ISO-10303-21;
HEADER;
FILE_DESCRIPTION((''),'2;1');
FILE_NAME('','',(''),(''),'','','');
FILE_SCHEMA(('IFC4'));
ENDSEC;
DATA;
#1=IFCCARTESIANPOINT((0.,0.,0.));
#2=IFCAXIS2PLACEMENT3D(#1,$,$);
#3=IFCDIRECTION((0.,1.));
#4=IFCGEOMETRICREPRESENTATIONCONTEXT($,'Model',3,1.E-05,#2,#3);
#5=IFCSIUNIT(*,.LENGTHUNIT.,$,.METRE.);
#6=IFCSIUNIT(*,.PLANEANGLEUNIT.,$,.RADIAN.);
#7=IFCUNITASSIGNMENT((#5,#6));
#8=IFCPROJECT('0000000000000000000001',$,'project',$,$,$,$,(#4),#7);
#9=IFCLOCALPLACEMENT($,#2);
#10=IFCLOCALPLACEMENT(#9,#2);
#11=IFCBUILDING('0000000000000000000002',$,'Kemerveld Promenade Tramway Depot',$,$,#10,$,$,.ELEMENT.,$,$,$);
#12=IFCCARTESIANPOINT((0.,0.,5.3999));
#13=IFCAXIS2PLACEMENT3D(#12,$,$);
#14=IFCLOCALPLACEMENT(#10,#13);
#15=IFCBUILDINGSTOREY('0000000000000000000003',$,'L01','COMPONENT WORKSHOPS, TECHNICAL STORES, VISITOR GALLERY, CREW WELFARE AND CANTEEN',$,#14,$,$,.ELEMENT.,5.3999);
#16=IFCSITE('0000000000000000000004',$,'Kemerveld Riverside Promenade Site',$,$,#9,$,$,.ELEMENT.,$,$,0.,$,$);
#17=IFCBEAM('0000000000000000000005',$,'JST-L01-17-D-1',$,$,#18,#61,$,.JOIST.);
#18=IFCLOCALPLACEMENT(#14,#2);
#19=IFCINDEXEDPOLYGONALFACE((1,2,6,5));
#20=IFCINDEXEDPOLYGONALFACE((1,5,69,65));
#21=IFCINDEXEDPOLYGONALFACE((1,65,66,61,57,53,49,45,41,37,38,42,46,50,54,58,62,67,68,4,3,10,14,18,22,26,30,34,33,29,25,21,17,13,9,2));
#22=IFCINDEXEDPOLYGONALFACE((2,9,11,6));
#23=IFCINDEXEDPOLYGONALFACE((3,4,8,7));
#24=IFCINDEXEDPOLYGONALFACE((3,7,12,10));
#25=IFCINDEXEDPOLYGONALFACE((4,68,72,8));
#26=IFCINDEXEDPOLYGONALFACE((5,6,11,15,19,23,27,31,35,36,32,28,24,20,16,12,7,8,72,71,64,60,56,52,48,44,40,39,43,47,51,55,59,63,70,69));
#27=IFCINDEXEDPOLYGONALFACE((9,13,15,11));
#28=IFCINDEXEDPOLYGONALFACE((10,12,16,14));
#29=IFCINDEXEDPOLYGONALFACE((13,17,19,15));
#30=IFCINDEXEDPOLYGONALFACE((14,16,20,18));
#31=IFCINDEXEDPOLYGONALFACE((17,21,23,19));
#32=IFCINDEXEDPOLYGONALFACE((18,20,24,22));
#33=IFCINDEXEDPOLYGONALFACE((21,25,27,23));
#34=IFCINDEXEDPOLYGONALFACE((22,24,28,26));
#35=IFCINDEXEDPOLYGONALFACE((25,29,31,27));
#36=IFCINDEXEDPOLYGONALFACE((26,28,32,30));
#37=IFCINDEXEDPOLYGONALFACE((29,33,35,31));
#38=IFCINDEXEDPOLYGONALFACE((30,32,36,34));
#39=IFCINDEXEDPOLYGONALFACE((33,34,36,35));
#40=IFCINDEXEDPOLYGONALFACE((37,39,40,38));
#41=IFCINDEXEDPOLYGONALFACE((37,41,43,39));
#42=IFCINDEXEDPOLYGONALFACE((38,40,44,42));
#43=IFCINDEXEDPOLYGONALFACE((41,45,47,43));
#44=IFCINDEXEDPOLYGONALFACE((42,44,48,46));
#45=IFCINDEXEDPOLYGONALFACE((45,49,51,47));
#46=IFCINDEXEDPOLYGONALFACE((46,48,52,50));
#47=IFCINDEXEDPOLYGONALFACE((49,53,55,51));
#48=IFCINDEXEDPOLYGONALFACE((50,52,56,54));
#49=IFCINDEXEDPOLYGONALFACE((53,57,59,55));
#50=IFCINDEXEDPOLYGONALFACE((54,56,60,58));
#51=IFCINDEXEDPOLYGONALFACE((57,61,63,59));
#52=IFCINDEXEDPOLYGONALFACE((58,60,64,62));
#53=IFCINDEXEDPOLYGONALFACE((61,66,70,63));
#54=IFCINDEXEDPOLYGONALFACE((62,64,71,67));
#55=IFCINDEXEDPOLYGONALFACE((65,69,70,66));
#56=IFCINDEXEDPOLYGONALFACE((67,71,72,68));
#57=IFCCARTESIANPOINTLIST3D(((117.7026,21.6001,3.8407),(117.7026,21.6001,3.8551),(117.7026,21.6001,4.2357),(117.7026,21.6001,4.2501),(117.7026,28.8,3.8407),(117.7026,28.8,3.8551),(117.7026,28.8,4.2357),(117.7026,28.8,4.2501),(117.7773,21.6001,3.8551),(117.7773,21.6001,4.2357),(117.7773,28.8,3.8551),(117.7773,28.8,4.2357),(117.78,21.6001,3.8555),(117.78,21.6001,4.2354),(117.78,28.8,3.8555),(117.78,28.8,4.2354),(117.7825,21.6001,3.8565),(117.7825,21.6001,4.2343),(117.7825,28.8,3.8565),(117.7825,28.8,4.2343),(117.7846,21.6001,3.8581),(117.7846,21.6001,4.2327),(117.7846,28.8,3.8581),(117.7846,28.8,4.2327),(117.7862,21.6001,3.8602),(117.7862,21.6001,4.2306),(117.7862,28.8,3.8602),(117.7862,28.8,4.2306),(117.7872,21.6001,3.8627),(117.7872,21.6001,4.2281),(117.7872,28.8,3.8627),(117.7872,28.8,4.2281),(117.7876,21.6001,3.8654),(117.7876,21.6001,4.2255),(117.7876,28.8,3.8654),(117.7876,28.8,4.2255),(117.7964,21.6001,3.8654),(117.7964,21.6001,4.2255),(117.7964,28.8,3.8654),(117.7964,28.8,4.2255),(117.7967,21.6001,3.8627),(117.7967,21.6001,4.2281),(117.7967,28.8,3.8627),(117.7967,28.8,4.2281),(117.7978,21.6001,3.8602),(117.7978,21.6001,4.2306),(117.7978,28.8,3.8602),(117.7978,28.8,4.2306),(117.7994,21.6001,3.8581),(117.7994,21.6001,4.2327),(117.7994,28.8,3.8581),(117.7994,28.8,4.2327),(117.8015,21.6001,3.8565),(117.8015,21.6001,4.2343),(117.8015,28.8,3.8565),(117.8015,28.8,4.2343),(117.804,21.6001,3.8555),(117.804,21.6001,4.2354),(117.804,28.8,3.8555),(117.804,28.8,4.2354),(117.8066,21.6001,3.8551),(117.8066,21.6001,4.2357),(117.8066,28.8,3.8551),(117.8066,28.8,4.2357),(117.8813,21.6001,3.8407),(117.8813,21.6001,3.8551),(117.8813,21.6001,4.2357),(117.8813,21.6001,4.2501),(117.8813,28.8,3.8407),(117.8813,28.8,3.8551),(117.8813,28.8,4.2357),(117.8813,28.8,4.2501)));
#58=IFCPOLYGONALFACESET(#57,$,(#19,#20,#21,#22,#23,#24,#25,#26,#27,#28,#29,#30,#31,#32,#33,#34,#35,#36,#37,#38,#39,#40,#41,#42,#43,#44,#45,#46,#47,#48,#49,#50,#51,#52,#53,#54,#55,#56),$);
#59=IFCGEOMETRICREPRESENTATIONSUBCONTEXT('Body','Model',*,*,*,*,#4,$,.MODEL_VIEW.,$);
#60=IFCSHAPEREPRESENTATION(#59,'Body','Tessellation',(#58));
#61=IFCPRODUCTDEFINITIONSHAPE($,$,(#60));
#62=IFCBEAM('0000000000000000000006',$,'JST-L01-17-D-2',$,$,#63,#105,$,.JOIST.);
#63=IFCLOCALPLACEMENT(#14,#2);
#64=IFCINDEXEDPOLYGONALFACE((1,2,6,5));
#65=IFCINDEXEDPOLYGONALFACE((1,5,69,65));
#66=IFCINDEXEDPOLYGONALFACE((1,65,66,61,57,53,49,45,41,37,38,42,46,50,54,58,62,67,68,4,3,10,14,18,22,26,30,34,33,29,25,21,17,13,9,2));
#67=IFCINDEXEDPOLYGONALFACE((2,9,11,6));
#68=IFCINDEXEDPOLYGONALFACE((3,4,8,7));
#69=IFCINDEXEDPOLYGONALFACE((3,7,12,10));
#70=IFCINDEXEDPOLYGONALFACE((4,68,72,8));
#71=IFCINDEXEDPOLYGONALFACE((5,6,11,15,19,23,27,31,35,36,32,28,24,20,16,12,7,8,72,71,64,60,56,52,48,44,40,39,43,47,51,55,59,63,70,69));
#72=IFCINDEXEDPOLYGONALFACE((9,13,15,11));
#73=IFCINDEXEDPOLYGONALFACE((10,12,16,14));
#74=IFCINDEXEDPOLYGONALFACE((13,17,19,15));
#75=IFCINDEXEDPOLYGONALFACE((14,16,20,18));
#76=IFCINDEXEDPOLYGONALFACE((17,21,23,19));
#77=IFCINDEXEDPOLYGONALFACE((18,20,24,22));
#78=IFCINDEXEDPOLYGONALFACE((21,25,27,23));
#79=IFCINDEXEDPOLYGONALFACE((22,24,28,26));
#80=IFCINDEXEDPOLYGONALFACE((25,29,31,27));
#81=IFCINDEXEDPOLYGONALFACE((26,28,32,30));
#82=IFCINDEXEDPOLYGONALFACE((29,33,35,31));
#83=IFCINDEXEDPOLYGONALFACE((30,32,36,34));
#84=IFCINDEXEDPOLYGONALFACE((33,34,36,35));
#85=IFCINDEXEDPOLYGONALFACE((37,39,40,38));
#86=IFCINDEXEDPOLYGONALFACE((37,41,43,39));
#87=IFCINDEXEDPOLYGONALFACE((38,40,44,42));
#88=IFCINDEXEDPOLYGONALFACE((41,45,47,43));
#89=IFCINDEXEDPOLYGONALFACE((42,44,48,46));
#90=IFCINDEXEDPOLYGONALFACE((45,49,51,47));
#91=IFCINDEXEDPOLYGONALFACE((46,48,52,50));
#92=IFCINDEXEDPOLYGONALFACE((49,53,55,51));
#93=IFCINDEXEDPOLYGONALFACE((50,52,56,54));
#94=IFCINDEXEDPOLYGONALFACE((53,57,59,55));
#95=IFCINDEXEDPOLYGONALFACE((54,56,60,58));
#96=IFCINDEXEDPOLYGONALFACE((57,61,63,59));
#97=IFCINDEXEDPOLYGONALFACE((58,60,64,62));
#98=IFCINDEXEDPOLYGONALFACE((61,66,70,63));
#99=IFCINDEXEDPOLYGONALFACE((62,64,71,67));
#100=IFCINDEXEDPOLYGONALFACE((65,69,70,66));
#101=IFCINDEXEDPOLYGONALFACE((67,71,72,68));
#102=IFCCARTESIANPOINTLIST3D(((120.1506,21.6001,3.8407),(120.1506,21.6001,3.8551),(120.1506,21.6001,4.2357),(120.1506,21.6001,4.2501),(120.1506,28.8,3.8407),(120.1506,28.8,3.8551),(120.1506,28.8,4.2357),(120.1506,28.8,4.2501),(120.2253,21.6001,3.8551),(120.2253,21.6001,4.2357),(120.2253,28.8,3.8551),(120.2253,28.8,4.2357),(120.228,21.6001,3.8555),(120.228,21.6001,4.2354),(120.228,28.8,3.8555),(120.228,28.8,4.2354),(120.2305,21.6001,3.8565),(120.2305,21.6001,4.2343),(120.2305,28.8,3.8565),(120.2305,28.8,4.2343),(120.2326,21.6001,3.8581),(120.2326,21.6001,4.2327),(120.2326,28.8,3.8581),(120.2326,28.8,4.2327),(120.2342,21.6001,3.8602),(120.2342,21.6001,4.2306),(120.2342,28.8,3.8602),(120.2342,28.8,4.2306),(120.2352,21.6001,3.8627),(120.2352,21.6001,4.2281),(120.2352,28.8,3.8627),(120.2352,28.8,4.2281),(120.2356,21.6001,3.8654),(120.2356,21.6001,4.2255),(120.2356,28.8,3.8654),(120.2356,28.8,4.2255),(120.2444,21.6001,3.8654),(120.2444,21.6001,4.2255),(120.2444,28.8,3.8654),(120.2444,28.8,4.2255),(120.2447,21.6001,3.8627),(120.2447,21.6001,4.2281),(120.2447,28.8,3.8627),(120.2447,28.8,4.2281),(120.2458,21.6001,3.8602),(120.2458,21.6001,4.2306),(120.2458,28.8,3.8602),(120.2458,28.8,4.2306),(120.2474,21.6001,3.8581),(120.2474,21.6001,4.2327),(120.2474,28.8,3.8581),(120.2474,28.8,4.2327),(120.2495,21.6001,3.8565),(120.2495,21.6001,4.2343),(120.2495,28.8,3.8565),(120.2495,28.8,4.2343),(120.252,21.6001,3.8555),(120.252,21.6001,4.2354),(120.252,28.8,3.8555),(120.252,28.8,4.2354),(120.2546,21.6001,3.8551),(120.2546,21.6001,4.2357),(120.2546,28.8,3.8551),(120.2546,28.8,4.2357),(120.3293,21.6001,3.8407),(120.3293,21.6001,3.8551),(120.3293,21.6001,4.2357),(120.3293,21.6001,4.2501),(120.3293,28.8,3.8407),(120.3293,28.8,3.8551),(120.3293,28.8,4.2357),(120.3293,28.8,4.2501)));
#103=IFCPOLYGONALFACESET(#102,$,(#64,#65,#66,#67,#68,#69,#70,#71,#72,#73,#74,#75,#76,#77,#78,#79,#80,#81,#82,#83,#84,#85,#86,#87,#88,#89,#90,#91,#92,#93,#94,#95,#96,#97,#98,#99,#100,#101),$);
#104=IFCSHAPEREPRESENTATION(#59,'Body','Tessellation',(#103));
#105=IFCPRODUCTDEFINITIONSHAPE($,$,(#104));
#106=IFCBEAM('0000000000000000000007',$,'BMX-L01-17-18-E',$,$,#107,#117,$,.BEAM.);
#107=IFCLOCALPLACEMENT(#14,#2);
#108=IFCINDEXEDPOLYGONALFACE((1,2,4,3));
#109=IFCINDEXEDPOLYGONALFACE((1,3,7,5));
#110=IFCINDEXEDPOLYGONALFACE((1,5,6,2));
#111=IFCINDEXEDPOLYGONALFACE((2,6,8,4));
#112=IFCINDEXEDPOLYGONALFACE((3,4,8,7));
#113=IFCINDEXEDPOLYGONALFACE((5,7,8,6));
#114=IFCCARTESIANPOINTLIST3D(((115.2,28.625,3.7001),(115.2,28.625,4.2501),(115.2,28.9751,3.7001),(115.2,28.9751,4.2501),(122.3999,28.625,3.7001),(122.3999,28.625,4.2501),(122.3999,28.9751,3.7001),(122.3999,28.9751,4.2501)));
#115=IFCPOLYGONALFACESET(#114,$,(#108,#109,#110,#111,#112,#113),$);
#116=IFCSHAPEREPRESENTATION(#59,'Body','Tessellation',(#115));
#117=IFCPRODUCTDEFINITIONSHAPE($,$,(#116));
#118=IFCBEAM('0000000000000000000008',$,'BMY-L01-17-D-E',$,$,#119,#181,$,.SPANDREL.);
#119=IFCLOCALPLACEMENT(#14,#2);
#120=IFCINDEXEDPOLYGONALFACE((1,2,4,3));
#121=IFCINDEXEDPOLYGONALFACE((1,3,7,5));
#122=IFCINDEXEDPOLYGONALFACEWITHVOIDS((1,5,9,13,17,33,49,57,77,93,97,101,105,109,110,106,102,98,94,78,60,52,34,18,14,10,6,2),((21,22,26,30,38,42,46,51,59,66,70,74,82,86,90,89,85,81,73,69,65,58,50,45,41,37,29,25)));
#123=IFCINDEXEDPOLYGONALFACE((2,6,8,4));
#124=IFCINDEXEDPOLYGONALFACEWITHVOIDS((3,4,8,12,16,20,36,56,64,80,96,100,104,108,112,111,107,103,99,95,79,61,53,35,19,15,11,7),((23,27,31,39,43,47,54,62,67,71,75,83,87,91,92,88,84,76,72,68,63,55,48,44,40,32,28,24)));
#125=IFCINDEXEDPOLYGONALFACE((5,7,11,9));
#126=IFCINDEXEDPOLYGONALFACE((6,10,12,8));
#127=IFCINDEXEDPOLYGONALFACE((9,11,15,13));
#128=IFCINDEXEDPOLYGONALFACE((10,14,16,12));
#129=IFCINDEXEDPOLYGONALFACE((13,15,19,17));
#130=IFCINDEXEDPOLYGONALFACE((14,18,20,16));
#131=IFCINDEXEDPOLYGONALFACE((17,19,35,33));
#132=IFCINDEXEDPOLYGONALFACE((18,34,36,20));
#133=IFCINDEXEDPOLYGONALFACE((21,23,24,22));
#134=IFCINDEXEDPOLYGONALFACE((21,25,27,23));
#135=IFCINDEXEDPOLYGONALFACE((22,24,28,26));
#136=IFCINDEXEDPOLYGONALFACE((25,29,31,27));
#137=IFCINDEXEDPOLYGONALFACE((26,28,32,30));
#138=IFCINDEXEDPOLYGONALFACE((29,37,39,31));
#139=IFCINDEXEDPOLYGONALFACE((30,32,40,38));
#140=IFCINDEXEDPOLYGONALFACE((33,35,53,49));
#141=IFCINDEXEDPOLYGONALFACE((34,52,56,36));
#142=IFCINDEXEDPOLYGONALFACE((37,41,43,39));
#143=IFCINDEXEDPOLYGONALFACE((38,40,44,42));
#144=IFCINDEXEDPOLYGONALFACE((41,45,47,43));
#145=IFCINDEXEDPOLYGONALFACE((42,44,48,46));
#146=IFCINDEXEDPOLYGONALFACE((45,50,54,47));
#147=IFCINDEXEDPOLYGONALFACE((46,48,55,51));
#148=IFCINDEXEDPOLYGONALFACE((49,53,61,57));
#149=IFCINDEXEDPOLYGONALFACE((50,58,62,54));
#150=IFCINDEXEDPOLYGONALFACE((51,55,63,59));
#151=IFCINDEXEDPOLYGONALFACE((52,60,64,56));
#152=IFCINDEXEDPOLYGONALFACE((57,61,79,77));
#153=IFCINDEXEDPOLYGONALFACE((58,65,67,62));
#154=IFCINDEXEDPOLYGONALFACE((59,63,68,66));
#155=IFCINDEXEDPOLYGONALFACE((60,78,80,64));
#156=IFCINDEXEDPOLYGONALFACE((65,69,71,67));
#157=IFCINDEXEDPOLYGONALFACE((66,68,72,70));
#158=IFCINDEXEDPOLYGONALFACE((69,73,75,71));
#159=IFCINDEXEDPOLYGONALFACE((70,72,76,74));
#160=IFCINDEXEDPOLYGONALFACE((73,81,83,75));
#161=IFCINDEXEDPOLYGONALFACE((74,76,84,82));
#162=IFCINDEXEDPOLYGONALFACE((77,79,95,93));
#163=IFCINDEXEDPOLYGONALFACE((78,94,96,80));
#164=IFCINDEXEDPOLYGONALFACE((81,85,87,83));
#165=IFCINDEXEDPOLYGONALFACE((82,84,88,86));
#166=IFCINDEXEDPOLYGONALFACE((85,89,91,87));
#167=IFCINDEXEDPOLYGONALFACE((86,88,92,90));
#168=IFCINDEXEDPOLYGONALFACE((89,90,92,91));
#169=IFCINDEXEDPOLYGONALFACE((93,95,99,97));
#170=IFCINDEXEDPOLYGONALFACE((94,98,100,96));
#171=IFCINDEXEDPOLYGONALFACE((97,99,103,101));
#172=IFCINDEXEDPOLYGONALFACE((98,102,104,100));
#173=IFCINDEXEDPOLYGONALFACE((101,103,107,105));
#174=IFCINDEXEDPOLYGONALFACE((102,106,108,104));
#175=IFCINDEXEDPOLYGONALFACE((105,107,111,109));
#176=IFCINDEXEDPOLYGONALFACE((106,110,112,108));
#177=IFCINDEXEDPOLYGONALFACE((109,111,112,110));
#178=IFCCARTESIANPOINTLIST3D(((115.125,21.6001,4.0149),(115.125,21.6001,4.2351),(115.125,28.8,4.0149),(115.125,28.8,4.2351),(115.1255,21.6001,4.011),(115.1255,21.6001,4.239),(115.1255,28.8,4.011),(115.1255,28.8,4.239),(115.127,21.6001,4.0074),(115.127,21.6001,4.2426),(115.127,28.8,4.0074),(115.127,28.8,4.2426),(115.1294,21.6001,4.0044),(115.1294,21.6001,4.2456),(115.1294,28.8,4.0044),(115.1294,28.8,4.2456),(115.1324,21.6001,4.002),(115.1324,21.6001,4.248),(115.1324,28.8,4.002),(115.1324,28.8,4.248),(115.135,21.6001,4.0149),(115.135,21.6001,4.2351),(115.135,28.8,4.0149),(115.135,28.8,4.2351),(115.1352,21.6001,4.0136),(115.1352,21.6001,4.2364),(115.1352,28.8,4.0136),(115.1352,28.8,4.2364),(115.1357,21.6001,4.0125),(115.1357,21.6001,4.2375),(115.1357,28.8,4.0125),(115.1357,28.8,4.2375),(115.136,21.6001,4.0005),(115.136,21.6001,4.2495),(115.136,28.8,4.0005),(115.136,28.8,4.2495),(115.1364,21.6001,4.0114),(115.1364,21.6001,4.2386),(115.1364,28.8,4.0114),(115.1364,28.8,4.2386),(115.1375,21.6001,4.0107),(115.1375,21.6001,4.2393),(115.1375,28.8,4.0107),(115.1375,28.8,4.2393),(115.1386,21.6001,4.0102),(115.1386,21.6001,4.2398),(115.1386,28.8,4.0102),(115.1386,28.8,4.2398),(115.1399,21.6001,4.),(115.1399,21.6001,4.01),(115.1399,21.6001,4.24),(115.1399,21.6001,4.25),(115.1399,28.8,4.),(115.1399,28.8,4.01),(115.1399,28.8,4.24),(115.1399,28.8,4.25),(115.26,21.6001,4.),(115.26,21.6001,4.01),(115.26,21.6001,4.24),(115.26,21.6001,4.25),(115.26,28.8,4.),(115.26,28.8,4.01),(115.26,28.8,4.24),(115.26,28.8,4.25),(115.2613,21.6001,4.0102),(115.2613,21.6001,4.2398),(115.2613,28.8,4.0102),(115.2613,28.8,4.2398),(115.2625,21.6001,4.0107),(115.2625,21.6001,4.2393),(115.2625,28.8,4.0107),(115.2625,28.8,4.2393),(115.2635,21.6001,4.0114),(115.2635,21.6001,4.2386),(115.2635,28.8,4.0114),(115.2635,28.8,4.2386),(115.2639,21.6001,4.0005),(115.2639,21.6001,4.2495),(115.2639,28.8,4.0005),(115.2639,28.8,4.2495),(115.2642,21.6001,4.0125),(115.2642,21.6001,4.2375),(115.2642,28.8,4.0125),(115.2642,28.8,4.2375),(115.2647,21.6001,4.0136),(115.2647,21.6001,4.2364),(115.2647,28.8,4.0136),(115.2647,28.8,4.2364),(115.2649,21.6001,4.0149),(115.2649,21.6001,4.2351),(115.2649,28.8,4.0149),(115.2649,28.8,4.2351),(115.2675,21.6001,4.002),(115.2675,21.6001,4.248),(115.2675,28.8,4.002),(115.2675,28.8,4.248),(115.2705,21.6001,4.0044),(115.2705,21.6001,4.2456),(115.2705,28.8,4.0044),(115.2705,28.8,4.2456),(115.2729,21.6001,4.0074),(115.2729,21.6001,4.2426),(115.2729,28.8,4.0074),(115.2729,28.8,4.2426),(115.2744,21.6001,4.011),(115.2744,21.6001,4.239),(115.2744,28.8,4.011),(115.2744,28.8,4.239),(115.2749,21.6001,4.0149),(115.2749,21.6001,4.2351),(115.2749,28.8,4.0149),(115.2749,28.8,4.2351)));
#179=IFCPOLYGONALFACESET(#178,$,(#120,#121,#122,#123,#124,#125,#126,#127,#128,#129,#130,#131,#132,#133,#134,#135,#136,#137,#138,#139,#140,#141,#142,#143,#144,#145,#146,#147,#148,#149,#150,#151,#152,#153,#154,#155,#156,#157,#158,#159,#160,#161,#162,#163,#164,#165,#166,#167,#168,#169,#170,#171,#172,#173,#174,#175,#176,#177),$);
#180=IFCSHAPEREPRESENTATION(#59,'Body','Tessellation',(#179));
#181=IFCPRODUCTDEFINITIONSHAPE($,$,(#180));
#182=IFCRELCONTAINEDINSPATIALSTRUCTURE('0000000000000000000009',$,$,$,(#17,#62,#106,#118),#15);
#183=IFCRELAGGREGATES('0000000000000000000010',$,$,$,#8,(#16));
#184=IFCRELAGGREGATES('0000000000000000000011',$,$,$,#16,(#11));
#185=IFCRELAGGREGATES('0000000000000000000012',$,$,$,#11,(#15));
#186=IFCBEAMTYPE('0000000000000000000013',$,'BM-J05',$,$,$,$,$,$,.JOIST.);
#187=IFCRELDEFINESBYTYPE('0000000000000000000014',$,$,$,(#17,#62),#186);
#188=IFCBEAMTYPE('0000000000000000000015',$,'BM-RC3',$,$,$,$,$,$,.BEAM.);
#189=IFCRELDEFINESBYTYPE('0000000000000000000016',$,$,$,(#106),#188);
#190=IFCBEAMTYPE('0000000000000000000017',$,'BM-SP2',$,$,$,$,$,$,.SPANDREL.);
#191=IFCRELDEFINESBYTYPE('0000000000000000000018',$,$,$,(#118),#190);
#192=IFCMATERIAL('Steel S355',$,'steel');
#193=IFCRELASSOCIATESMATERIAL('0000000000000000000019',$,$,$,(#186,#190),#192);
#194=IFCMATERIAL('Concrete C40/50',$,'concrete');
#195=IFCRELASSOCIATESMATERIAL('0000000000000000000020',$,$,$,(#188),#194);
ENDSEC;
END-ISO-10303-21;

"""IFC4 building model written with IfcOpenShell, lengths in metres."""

from ifc_helpers import new_model, si_unit, direction, frame, origin, origin_2d, place, context, subcontext, project, spatial, rectangle, hollow_rectangle, i_section, extrude, material, material_profile, profile_set, type_object, element, save


model = new_model("IFC4")

# Units and contexts
model_context = context("Model", 3, precision=1e-05, world=origin(), true_north=direction((0.0, 1.0)))
body_context = subcontext(model_context, "Body", "Model", "MODEL_VIEW")
ifc_project = project(units=[si_unit("LENGTHUNIT", "METRE"), si_unit("PLANEANGLEUNIT", "RADIAN")], contexts=[model_context])

# Site, building, storey
site_placement = place(None, origin())
site = spatial("IfcSite", under=ifc_project, at=site_placement, Name="Kemerveld Riverside Promenade Site", CompositionType="ELEMENT", RefElevation=0.0)
building_placement = place(site_placement, origin())
building = spatial("IfcBuilding", under=site, at=building_placement, Name="Kemerveld Promenade Tramway Depot", CompositionType="ELEMENT")
storey_placement = place(building_placement, frame((0.0, 0.0, 5.3999)))
storey = spatial("IfcBuildingStorey", under=building, at=storey_placement, Name="L01", Description="COMPONENT WORKSHOPS, TECHNICAL STORES, VISITOR GALLERY, CREW WELFARE AND CANTEEN", CompositionType="ELEMENT", Elevation=5.3999)

# Shared definitions
ifc_material_1 = material(Name="Steel S355", Category="steel")

# Beams
ifc_material_profile_1 = material_profile(ifc_material_1, i_section(OverallWidth=0.1787, OverallDepth=0.4094, WebThickness=0.0088, FlangeThickness=0.0144, FilletRadius=0.0103, at=origin_2d()), Name="406x178x67 UB")
ifc_profile_set_1 = profile_set([ifc_material_profile_1], Name="Steel S355")
beam_type_1 = type_object("IfcBeamType", Name="BM-J05", PredefinedType="JOIST", material=ifc_profile_set_1)
for number, where, z_axis, x_axis, name in (
    (1, (117.792, 21.6001, 4.0454), (0.0, 1.0, 0.0), (-1.0, 0.0, 0.0), "JST-L01-17-D-1"),
    (2, (120.24, 21.6001, 4.0454), (0.0, 1.0, 0.0), (-1.0, 0.0, 0.0), "JST-L01-17-D-2"),
):
    element("IfcBeam", number, at=place(storey_placement, frame(where, z_axis=z_axis, x_axis=x_axis)), inside=storey, type_object=beam_type_1, Name=name, PredefinedType="JOIST", context=body_context, shape_type="SweptSolid", body=[
        extrude(i_section(OverallWidth=0.1787, OverallDepth=0.4094, WebThickness=0.0088, FlangeThickness=0.0144, FilletRadius=0.0103, at=origin_2d()), origin(), (0.0, 0.0, 1.0), 7.2),
    ])
ifc_material_2 = material(Name="Concrete C40/50", Category="concrete")
ifc_material_profile_2 = material_profile(ifc_material_2, rectangle(XDim=0.3501, YDim=0.55, at=origin_2d()), Name="RC-BM-350x550")
ifc_profile_set_2 = profile_set([ifc_material_profile_2], Name="Concrete C40/50")
beam_type_2 = type_object("IfcBeamType", Name="BM-RC3", PredefinedType="BEAM", material=ifc_profile_set_2)
beam_1_placement = place(storey_placement, frame((115.2, 28.8, 3.9751), z_axis=(1.0, 0.0, 0.0), x_axis=(0.0, 1.0, 0.0)))
element("IfcBeam", 3, at=beam_1_placement, inside=storey, type_object=beam_type_2, Name="BMX-L01-17-18-E", PredefinedType="BEAM", context=body_context, shape_type="SweptSolid", body=[
    extrude(rectangle(XDim=0.3501, YDim=0.55, at=origin_2d()), origin(), (0.0, 0.0, 1.0), 7.2),
])
ifc_material_profile_3 = material_profile(ifc_material_1, hollow_rectangle(XDim=0.1499, YDim=0.25, WallThickness=0.01, InnerFilletRadius=0.0049, OuterFilletRadius=0.0149, at=origin_2d()), Name="250x150x10.0 RHS")
ifc_profile_set_3 = profile_set([ifc_material_profile_3], Name="Steel S355")
beam_type_3 = type_object("IfcBeamType", Name="BM-SP2", PredefinedType="SPANDREL", material=ifc_profile_set_3)
beam_2_placement = place(storey_placement, frame((115.2, 21.6001, 4.125), z_axis=(0.0, 1.0, 0.0), x_axis=(-1.0, 0.0, 0.0)))
element("IfcBeam", 4, at=beam_2_placement, inside=storey, type_object=beam_type_3, Name="BMY-L01-17-D-E", PredefinedType="SPANDREL", context=body_context, shape_type="SweptSolid", body=[
    extrude(hollow_rectangle(XDim=0.1499, YDim=0.25, WallThickness=0.01, InnerFilletRadius=0.0049, OuterFilletRadius=0.0149, at=origin_2d()), origin(), (0.0, 0.0, 1.0), 7.2),
])

save(model, "model.ifc")
